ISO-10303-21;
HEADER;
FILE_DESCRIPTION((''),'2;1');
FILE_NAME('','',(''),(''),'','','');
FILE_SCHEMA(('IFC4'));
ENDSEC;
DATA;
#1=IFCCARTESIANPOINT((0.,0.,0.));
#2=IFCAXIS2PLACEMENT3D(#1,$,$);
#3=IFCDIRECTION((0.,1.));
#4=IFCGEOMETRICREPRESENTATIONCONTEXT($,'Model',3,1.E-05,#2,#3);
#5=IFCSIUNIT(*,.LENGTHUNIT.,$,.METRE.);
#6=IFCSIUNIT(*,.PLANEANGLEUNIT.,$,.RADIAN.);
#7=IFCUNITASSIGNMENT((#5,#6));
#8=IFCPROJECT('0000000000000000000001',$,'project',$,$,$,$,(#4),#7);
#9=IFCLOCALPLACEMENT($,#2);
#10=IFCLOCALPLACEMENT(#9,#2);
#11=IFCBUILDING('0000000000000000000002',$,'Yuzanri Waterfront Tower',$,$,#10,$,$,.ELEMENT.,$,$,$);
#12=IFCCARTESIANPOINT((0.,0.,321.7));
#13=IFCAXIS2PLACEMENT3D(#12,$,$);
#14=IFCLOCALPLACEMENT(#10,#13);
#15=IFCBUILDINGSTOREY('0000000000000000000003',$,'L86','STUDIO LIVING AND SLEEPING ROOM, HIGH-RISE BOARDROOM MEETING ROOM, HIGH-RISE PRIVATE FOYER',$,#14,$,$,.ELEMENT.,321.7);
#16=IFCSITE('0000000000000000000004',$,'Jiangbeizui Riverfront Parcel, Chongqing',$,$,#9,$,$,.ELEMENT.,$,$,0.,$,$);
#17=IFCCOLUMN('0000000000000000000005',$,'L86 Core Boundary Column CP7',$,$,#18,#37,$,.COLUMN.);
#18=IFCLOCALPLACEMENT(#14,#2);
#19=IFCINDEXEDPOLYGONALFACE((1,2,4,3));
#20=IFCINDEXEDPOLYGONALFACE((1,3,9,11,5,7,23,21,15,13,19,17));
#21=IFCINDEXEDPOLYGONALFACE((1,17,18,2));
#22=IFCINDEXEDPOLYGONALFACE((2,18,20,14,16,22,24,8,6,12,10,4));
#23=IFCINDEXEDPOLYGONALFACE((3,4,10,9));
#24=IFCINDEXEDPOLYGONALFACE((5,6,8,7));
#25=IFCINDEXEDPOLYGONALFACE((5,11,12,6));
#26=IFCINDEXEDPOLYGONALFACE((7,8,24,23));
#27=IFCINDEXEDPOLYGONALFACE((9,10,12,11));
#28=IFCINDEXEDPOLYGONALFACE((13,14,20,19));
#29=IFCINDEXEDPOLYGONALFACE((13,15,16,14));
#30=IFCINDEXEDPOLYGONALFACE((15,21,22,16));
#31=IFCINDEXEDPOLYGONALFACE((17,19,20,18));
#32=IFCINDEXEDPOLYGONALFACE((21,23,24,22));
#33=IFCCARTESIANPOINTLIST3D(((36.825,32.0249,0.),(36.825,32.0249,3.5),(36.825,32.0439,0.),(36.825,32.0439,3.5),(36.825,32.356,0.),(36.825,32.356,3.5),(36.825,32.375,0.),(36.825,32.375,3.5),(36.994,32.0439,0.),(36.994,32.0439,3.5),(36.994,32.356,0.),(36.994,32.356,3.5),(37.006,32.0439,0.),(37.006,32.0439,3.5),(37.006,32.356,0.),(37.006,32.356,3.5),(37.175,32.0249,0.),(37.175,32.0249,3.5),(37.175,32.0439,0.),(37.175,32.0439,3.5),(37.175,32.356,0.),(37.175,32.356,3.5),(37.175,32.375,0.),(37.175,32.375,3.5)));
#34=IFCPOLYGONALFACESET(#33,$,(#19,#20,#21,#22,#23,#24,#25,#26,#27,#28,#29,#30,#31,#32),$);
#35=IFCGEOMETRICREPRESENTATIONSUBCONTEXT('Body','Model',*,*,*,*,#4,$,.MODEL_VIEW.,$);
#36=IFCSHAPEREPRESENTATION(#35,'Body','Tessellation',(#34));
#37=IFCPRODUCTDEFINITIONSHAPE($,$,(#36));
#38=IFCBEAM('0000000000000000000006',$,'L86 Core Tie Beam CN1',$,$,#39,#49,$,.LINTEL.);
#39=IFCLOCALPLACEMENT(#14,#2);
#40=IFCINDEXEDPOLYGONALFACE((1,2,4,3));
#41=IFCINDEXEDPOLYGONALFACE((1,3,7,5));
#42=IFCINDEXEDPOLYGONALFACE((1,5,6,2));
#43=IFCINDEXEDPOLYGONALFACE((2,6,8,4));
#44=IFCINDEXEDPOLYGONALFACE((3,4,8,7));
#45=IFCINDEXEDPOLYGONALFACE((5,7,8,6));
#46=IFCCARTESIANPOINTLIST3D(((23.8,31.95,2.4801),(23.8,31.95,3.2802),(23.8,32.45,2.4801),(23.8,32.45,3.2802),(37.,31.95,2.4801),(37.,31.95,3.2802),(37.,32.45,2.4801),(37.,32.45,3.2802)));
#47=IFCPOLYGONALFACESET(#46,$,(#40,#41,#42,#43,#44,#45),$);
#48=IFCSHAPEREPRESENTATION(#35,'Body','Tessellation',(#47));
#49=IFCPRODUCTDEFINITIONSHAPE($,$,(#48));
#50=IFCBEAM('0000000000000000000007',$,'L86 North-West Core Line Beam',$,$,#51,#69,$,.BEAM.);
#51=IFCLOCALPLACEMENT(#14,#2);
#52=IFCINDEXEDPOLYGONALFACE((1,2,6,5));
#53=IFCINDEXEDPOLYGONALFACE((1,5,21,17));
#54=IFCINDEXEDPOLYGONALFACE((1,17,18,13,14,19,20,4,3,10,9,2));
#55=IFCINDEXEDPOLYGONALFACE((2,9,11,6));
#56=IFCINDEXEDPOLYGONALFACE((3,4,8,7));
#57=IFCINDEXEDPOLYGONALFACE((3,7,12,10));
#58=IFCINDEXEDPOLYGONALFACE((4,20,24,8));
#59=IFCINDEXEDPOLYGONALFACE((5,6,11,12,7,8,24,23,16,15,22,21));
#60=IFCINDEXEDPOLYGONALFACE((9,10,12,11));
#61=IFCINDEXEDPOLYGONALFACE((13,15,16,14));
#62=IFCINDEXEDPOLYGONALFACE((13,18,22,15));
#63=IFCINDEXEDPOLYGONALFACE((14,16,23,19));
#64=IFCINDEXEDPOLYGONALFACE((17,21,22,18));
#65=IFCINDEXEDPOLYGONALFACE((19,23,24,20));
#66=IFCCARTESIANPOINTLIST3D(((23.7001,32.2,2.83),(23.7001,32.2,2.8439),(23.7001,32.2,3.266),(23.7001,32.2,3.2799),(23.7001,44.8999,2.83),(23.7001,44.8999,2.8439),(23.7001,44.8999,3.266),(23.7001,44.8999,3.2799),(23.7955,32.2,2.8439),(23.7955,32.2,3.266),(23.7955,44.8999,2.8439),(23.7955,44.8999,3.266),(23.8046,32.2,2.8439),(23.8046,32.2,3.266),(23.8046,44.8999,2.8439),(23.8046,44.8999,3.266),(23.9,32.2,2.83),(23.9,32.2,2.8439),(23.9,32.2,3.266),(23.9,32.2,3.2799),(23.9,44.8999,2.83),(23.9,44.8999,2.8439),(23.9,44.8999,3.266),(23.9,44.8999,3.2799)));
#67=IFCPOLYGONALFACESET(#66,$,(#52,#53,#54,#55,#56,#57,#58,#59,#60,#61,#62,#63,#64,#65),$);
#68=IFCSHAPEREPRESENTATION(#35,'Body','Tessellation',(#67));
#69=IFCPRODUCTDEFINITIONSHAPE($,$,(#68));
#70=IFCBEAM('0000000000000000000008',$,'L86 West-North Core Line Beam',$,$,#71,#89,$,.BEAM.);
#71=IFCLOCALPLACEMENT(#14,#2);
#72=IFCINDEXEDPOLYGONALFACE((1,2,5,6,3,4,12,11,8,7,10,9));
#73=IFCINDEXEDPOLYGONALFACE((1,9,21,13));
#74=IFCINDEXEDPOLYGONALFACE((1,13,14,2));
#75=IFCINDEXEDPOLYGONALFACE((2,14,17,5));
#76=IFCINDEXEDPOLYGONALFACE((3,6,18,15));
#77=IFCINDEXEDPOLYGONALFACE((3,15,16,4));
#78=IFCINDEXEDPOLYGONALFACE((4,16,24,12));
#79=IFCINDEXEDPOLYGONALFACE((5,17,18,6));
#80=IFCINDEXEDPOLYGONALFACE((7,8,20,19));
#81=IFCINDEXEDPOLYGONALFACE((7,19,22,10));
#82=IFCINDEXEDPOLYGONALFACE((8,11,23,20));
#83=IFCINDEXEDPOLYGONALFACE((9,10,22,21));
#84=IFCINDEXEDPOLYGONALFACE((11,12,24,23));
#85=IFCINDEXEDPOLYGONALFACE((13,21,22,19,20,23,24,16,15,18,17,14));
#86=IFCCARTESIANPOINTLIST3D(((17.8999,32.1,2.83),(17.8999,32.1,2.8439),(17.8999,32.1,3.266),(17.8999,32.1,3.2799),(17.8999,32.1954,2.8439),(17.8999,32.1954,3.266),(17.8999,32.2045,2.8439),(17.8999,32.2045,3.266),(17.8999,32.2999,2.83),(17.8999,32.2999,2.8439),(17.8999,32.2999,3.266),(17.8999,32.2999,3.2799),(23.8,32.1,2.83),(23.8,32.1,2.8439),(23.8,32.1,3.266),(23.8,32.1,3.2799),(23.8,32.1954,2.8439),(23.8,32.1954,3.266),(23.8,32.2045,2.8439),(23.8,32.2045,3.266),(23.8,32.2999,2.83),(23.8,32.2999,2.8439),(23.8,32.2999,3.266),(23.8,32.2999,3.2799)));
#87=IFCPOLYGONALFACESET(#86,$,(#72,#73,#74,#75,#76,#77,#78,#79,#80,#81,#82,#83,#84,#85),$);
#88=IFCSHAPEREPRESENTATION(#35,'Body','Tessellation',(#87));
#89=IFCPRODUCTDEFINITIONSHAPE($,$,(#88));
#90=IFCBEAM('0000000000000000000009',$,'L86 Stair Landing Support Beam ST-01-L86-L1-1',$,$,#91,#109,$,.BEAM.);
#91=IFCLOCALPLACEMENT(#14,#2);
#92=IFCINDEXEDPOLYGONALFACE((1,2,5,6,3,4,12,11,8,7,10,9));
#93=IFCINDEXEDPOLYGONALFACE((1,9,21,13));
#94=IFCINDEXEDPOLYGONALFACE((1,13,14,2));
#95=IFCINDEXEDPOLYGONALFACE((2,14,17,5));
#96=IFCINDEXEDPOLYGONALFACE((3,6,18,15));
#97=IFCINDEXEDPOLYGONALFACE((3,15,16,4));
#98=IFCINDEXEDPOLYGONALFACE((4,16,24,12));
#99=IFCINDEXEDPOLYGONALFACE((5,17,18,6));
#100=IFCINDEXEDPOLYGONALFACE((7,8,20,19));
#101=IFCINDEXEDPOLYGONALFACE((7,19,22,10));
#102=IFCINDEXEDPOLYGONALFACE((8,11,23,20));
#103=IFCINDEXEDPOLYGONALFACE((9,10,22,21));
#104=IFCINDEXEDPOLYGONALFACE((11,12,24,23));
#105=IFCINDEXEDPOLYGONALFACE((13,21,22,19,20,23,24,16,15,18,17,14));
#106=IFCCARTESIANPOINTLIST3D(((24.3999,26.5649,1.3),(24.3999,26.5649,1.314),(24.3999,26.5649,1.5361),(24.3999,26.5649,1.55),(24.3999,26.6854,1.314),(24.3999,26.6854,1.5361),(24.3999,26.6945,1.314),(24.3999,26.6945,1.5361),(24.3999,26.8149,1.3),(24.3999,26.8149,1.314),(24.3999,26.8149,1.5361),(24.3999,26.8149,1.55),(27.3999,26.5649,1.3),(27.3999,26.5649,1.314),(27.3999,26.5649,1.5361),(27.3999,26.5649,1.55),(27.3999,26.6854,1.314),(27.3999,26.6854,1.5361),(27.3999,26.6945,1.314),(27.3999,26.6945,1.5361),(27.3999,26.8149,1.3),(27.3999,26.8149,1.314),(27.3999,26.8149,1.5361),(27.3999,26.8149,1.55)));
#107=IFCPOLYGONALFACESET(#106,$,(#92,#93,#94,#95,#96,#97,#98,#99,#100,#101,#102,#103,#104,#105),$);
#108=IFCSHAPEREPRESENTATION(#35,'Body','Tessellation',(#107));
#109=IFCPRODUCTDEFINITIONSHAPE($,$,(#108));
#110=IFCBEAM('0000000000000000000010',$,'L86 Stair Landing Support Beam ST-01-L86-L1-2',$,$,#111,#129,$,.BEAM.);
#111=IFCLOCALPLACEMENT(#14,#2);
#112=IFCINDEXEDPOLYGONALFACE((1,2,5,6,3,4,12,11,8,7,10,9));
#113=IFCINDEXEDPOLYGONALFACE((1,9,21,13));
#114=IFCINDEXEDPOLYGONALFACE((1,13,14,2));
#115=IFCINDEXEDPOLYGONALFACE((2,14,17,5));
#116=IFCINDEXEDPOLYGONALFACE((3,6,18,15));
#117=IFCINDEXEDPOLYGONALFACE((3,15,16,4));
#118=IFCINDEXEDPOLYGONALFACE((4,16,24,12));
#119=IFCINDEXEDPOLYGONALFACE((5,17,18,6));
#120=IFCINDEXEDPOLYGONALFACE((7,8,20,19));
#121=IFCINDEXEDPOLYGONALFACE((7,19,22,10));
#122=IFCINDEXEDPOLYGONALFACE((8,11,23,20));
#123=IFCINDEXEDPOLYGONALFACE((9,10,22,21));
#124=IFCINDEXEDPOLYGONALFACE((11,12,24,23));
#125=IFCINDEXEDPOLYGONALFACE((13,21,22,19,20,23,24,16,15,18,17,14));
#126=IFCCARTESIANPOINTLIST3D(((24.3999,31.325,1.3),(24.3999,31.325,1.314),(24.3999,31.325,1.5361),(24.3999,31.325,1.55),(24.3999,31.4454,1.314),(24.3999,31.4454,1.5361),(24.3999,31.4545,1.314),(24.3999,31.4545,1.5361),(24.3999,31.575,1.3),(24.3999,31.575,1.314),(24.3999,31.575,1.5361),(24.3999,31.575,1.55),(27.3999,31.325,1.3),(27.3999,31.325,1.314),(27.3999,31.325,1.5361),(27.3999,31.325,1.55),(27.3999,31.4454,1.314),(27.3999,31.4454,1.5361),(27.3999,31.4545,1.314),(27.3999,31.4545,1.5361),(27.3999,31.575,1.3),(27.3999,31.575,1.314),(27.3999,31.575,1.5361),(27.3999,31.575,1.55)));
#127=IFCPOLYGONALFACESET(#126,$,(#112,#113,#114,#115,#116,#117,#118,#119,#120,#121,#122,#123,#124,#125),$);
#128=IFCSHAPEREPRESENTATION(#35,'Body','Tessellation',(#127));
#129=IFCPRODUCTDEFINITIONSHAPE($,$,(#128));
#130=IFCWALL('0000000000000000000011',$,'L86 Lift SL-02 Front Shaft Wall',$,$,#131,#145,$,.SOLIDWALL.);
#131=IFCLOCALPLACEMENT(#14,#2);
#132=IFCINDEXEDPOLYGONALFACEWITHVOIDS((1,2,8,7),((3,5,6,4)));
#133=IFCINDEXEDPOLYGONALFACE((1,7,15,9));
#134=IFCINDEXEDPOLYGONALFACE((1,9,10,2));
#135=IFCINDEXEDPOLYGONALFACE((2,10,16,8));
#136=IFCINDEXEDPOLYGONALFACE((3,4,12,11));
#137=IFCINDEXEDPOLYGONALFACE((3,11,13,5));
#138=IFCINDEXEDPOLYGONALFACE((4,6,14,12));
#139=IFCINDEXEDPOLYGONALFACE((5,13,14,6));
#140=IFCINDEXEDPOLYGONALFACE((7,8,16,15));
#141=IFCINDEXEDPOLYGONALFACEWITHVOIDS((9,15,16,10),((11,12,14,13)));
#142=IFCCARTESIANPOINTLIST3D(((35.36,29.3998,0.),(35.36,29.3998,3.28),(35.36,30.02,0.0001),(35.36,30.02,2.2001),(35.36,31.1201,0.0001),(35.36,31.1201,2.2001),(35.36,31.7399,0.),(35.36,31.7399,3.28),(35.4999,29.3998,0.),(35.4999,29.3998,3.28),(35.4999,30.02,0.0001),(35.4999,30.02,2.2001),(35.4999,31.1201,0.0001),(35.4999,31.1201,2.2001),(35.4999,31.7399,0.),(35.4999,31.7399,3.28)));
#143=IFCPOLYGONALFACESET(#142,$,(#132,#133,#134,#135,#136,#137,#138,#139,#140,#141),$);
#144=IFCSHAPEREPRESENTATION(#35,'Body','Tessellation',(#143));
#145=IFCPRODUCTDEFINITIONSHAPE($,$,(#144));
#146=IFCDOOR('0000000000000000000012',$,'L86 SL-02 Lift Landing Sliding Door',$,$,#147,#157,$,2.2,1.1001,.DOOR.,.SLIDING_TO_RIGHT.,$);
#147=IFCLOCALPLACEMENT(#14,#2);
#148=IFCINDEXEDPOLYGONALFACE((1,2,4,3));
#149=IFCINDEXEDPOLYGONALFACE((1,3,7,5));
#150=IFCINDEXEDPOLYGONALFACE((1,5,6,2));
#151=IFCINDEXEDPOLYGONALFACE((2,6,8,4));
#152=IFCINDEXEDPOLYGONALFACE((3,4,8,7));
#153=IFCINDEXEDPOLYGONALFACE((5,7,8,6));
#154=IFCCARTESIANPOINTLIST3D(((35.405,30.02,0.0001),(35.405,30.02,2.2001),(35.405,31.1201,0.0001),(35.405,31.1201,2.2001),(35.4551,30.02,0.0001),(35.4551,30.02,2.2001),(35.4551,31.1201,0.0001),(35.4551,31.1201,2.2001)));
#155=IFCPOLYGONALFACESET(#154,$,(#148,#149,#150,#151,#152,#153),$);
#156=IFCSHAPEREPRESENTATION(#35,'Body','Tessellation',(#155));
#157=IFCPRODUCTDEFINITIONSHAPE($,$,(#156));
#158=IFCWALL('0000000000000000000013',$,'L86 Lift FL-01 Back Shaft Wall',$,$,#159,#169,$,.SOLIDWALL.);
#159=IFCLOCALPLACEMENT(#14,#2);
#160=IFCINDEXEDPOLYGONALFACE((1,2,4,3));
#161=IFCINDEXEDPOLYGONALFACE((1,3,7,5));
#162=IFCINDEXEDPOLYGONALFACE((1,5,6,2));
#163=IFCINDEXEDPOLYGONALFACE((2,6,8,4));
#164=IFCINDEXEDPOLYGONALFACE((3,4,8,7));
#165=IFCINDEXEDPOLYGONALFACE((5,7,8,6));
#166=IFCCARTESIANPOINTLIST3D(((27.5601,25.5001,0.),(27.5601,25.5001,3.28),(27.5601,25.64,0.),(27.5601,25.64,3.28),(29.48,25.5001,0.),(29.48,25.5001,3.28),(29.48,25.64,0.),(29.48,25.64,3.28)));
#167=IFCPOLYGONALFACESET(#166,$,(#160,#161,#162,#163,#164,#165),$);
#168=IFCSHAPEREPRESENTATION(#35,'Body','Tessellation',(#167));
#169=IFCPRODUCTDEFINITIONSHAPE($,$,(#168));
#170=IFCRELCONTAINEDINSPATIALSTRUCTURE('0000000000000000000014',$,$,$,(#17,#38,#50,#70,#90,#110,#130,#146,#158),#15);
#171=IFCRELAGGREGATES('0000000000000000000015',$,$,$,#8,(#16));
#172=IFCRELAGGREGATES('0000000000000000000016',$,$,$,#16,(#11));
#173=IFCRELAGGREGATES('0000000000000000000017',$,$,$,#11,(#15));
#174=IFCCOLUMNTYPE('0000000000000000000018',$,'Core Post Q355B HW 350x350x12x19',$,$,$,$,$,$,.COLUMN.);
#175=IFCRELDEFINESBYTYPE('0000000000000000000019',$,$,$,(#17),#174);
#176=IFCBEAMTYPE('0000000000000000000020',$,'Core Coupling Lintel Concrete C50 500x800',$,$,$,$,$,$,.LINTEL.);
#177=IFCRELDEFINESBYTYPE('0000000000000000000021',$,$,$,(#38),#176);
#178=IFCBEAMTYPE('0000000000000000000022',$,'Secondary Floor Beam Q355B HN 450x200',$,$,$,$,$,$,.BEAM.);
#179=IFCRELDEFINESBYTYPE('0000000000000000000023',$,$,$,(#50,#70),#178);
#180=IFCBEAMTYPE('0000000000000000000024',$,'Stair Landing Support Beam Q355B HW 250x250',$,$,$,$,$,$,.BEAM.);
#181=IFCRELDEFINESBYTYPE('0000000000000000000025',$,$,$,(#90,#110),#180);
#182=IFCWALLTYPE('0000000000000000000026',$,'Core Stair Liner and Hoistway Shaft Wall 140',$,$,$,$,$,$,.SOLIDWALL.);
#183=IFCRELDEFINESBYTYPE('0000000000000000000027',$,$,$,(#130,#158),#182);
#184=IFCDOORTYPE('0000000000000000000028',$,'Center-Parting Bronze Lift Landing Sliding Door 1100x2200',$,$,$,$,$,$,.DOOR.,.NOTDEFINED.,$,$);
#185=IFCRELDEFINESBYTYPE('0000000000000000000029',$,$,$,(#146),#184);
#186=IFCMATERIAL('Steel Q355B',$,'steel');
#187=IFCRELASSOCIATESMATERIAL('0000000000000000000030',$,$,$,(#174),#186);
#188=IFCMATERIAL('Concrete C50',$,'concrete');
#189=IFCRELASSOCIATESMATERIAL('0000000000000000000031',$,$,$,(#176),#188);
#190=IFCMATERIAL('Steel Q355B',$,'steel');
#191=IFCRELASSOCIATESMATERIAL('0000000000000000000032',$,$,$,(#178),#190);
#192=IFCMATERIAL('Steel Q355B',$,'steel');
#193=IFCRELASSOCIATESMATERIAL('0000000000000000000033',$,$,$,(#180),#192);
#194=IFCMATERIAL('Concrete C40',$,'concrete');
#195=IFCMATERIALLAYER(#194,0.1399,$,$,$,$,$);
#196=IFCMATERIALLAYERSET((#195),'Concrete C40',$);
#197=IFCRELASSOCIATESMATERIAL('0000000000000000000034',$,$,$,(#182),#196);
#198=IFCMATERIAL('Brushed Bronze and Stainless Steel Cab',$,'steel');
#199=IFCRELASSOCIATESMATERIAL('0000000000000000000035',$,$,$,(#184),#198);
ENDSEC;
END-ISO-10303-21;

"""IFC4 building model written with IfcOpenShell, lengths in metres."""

from ifc_helpers import new_model, si_unit, direction, frame, frame_2d, origin, origin_2d, place, context, subcontext, project, spatial, rectangle, i_section, extrude, source, transform, mapped, material, layer, layer_set, material_profile, profile_set, type_object, element, fill, save


model = new_model("IFC4")

# Units and contexts
model_context = context("Model", 3, precision=1e-05, world=origin(), true_north=direction((0.0, 1.0)))
body_context = subcontext(model_context, "Body", "Model", "MODEL_VIEW")
ifc_project = project(units=[si_unit("LENGTHUNIT", "METRE"), si_unit("PLANEANGLEUNIT", "RADIAN")], contexts=[model_context])

# Site, building, storey
site_placement = place(None, origin())
site = spatial("IfcSite", under=ifc_project, at=site_placement, Name="Jiangbeizui Riverfront Parcel, Chongqing", CompositionType="ELEMENT", RefElevation=0.0)
building_placement = place(site_placement, origin())
building = spatial("IfcBuilding", under=site, at=building_placement, Name="Yuzanri Waterfront Tower", CompositionType="ELEMENT")
storey_placement = place(building_placement, frame((0.0, 0.0, 321.7)))
storey = spatial("IfcBuildingStorey", under=building, at=storey_placement, Name="L86", Description="STUDIO LIVING AND SLEEPING ROOM, HIGH-RISE BOARDROOM MEETING ROOM, HIGH-RISE PRIVATE FOYER", CompositionType="ELEMENT", Elevation=321.7)

# Column
ifc_material_1 = material(Name="Steel Q355B", Category="steel")
ifc_material_profile_1 = material_profile(ifc_material_1, i_section(OverallWidth=0.3501, OverallDepth=0.3501, WebThickness=0.012, FlangeThickness=0.019, at=origin_2d()), Name="HW 350x350x12x19")
ifc_profile_set_1 = profile_set([ifc_material_profile_1], Name="Steel Q355B")
column_type = type_object("IfcColumnType", Name="Core Post Q355B HW 350x350x12x19", PredefinedType="COLUMN", material=ifc_profile_set_1)
shared_shape_1 = source(origin(), body_context, "Body", "SweptSolid", [
    extrude(i_section(OverallWidth=0.3501, OverallDepth=0.3501, WebThickness=0.012, FlangeThickness=0.019, at=origin_2d()), origin(), (0.0, 0.0, 1.0), 3.5),
])
column_placement = place(storey_placement, frame((37.0, 32.2, 0.0), z_axis=(0.0, 0.0, 1.0), x_axis=(1.0, 0.0, 0.0)))
element("IfcColumn", 1, at=column_placement, inside=storey, type_object=column_type, Name="L86 Core Boundary Column CP7", PredefinedType="COLUMN", context=body_context, shape_type="MappedRepresentation", body=[
    mapped(shared_shape_1, transform((0.0, 0.0, 0.0), scale=1.0)),
])

# Beams
ifc_material_2 = material(Name="Concrete C50", Category="concrete")
ifc_material_profile_2 = material_profile(ifc_material_2, rectangle(XDim=0.5, YDim=0.8, at=origin_2d()), Name="RC 500x800")
ifc_profile_set_2 = profile_set([ifc_material_profile_2], Name="Concrete C50")
beam_type_1 = type_object("IfcBeamType", Name="Core Coupling Lintel Concrete C50 500x800", PredefinedType="LINTEL", material=ifc_profile_set_2)
shared_shape_2 = source(origin(), body_context, "Body", "SweptSolid", [
    extrude(rectangle(XDim=0.5, YDim=0.8, at=origin_2d()), origin(), (0.0, 0.0, 1.0), 13.2),
])
beam_1_placement = place(storey_placement, frame((23.8, 32.2, 2.8801), z_axis=(1.0, 0.0, 0.0), x_axis=(0.0, 1.0, 0.0)))
element("IfcBeam", 2, at=beam_1_placement, inside=storey, type_object=beam_type_1, Name="L86 Core Tie Beam CN1", PredefinedType="LINTEL", context=body_context, shape_type="MappedRepresentation", body=[
    mapped(shared_shape_2, transform((0.0, 0.0, 0.0), scale=1.0)),
])
ifc_material_3 = material(Name="Steel Q355B", Category="steel")
ifc_material_profile_3 = material_profile(ifc_material_3, i_section(OverallWidth=0.2, OverallDepth=0.45, WebThickness=0.009, FlangeThickness=0.0139, at=origin_2d()), Name="HN 450x200x9x14")
ifc_profile_set_3 = profile_set([ifc_material_profile_3], Name="Steel Q355B")
beam_type_2 = type_object("IfcBeamType", Name="Secondary Floor Beam Q355B HN 450x200", PredefinedType="BEAM", material=ifc_profile_set_3)
shared_shape_3 = source(origin(), body_context, "Body", "SweptSolid", [
    extrude(i_section(OverallWidth=0.2, OverallDepth=0.45, WebThickness=0.009, FlangeThickness=0.0139, at=origin_2d()), origin(), (0.0, 0.0, 1.0), 12.7),
])
beam_2_placement = place(storey_placement, frame((23.8, 32.2, 3.0549), z_axis=(0.0, 1.0, 0.0), x_axis=(-1.0, 0.0, 0.0)))
element("IfcBeam", 3, at=beam_2_placement, inside=storey, type_object=beam_type_2, Name="L86 North-West Core Line Beam", PredefinedType="BEAM", context=body_context, shape_type="MappedRepresentation", body=[
    mapped(shared_shape_3, transform((0.0, 0.0, 0.0), scale=1.0)),
])
shared_shape_4 = source(origin(), body_context, "Body", "SweptSolid", [
    extrude(i_section(OverallWidth=0.2, OverallDepth=0.45, WebThickness=0.009, FlangeThickness=0.0139, at=origin_2d()), origin(), (0.0, 0.0, 1.0), 5.9001),
])
beam_3_placement = place(storey_placement, frame((23.8, 32.2, 3.0549), z_axis=(-1.0, 0.0, 0.0), x_axis=(0.0, -1.0, 0.0)))
element("IfcBeam", 4, at=beam_3_placement, inside=storey, type_object=beam_type_2, Name="L86 West-North Core Line Beam", PredefinedType="BEAM", context=body_context, shape_type="MappedRepresentation", body=[
    mapped(shared_shape_4, transform((0.0, 0.0, 0.0), scale=1.0)),
])
ifc_material_4 = material(Name="Steel Q355B", Category="steel")
ifc_material_profile_4 = material_profile(ifc_material_4, i_section(OverallWidth=0.25, OverallDepth=0.25, WebThickness=0.009, FlangeThickness=0.0139, at=origin_2d()), Name="HW 250x250x9x14")
ifc_profile_set_4 = profile_set([ifc_material_profile_4], Name="Steel Q355B")
beam_type_3 = type_object("IfcBeamType", Name="Stair Landing Support Beam Q355B HW 250x250", PredefinedType="BEAM", material=ifc_profile_set_4)
shared_shape_5 = source(origin(), body_context, "Body", "SweptSolid", [
    extrude(i_section(OverallWidth=0.25, OverallDepth=0.25, WebThickness=0.009, FlangeThickness=0.0139, at=origin_2d()), origin(), (0.0, 0.0, 1.0), 3.0),
])
for number, where, z_axis, x_axis, name in (
    (5, (24.3999, 26.6899, 1.425), (1.0, 0.0, 0.0), (0.0, 1.0, 0.0), "L86 Stair Landing Support Beam ST-01-L86-L1-1"),
    (6, (24.3999, 31.45, 1.425), (1.0, 0.0, 0.0), (0.0, 1.0, 0.0), "L86 Stair Landing Support Beam ST-01-L86-L1-2"),
):
    element("IfcBeam", number, at=place(storey_placement, frame(where, z_axis=z_axis, x_axis=x_axis)), inside=storey, type_object=beam_type_3, Name=name, PredefinedType="BEAM", context=body_context, shape_type="MappedRepresentation", body=[
        mapped(shared_shape_5, transform((0.0, 0.0, 0.0), scale=1.0)),
    ])

# Wall, opening, door
ifc_material_5 = material(Name="Concrete C40", Category="concrete")
ifc_layer_1 = layer(ifc_material_5, 0.1399)
ifc_layer_set_1 = layer_set([ifc_layer_1], Name="Concrete C40")
wall_type_1 = type_object("IfcWallType", Name="Core Stair Liner and Hoistway Shaft Wall 140", PredefinedType="SOLIDWALL", material=ifc_layer_set_1)
wall_1_placement = place(storey_placement, frame((35.4299, 29.3999, 0.0), z_axis=(0.0, 0.0, 1.0), x_axis=(0.0, 1.0, 0.0)))
wall_1 = element("IfcWall", 7, at=wall_1_placement, inside=storey, type_object=wall_type_1, Name="L86 Lift SL-02 Front Shaft Wall", PredefinedType="SOLIDWALL", context=body_context, shape_type="SweptSolid", body=[
    extrude(rectangle(XDim=2.3401, YDim=0.1399, at=frame_2d((1.1699, 0.0))), origin(), (0.0, 0.0, 1.0), 3.28),
])
opening_1_placement = place(wall_1_placement, frame((0.6201, 0.0, 0.0)))
opening_1 = element("IfcOpeningElement", 8, at=opening_1_placement, cuts=wall_1, PredefinedType="OPENING", context=body_context, shape_type="SweptSolid", body=[
    extrude(rectangle(XDim=1.1001, YDim=2.2, at=frame_2d((0.55, 1.1001))), frame((0.0, 0.085, 0.0), z_axis=(0.0, -1.0, 0.0), x_axis=(1.0, 0.0, 0.0)), (0.0, 0.0, 1.0), 0.1697),
])
ifc_material_6 = material(Name="Brushed Bronze and Stainless Steel Cab", Category="steel")
door_type_1 = type_object("IfcDoorType", Name="Center-Parting Bronze Lift Landing Sliding Door 1100x2200", OperationType="NOTDEFINED", PredefinedType="DOOR", material=ifc_material_6)
shared_shape_6 = source(origin(), body_context, "Body", "SweptSolid", [
    extrude(rectangle(XDim=1.1001, YDim=2.2, at=frame_2d((0.55, 1.1001))), frame((0.0, 0.0249, 0.0), z_axis=(0.0, -1.0, 0.0), x_axis=(1.0, 0.0, 0.0)), (0.0, 0.0, 1.0), 0.05),
])
door_1_placement = place(opening_1_placement, origin())
door_1 = element("IfcDoor", 9, at=door_1_placement, inside=storey, type_object=door_type_1, Name="L86 SL-02 Lift Landing Sliding Door", OperationType="SLIDING_TO_RIGHT", OverallHeight=2.2, OverallWidth=1.1001, PredefinedType="DOOR", context=body_context, shape_type="MappedRepresentation", body=[
    mapped(shared_shape_6, transform((0.0, 0.0, 0.0), scale=1.0)),
])
fill(opening_1, door_1)

# Wall
shared_shape_7 = source(origin(), body_context, "Body", "SweptSolid", [
    extrude(rectangle(XDim=1.9199, YDim=0.1399, at=frame_2d((0.96, 0.0))), origin(), (0.0, 0.0, 1.0), 3.28),
])
wall_2_placement = place(storey_placement, frame((27.5601, 25.5701, 0.0), z_axis=(0.0, 0.0, 1.0), x_axis=(1.0, 0.0, 0.0)))
element("IfcWall", 10, at=wall_2_placement, inside=storey, type_object=wall_type_1, Name="L86 Lift FL-01 Back Shaft Wall", PredefinedType="SOLIDWALL", context=body_context, shape_type="MappedRepresentation", body=[
    mapped(shared_shape_7, transform((0.0, 0.0, 0.0), scale=1.0)),
])

save(model, "model.ifc")
